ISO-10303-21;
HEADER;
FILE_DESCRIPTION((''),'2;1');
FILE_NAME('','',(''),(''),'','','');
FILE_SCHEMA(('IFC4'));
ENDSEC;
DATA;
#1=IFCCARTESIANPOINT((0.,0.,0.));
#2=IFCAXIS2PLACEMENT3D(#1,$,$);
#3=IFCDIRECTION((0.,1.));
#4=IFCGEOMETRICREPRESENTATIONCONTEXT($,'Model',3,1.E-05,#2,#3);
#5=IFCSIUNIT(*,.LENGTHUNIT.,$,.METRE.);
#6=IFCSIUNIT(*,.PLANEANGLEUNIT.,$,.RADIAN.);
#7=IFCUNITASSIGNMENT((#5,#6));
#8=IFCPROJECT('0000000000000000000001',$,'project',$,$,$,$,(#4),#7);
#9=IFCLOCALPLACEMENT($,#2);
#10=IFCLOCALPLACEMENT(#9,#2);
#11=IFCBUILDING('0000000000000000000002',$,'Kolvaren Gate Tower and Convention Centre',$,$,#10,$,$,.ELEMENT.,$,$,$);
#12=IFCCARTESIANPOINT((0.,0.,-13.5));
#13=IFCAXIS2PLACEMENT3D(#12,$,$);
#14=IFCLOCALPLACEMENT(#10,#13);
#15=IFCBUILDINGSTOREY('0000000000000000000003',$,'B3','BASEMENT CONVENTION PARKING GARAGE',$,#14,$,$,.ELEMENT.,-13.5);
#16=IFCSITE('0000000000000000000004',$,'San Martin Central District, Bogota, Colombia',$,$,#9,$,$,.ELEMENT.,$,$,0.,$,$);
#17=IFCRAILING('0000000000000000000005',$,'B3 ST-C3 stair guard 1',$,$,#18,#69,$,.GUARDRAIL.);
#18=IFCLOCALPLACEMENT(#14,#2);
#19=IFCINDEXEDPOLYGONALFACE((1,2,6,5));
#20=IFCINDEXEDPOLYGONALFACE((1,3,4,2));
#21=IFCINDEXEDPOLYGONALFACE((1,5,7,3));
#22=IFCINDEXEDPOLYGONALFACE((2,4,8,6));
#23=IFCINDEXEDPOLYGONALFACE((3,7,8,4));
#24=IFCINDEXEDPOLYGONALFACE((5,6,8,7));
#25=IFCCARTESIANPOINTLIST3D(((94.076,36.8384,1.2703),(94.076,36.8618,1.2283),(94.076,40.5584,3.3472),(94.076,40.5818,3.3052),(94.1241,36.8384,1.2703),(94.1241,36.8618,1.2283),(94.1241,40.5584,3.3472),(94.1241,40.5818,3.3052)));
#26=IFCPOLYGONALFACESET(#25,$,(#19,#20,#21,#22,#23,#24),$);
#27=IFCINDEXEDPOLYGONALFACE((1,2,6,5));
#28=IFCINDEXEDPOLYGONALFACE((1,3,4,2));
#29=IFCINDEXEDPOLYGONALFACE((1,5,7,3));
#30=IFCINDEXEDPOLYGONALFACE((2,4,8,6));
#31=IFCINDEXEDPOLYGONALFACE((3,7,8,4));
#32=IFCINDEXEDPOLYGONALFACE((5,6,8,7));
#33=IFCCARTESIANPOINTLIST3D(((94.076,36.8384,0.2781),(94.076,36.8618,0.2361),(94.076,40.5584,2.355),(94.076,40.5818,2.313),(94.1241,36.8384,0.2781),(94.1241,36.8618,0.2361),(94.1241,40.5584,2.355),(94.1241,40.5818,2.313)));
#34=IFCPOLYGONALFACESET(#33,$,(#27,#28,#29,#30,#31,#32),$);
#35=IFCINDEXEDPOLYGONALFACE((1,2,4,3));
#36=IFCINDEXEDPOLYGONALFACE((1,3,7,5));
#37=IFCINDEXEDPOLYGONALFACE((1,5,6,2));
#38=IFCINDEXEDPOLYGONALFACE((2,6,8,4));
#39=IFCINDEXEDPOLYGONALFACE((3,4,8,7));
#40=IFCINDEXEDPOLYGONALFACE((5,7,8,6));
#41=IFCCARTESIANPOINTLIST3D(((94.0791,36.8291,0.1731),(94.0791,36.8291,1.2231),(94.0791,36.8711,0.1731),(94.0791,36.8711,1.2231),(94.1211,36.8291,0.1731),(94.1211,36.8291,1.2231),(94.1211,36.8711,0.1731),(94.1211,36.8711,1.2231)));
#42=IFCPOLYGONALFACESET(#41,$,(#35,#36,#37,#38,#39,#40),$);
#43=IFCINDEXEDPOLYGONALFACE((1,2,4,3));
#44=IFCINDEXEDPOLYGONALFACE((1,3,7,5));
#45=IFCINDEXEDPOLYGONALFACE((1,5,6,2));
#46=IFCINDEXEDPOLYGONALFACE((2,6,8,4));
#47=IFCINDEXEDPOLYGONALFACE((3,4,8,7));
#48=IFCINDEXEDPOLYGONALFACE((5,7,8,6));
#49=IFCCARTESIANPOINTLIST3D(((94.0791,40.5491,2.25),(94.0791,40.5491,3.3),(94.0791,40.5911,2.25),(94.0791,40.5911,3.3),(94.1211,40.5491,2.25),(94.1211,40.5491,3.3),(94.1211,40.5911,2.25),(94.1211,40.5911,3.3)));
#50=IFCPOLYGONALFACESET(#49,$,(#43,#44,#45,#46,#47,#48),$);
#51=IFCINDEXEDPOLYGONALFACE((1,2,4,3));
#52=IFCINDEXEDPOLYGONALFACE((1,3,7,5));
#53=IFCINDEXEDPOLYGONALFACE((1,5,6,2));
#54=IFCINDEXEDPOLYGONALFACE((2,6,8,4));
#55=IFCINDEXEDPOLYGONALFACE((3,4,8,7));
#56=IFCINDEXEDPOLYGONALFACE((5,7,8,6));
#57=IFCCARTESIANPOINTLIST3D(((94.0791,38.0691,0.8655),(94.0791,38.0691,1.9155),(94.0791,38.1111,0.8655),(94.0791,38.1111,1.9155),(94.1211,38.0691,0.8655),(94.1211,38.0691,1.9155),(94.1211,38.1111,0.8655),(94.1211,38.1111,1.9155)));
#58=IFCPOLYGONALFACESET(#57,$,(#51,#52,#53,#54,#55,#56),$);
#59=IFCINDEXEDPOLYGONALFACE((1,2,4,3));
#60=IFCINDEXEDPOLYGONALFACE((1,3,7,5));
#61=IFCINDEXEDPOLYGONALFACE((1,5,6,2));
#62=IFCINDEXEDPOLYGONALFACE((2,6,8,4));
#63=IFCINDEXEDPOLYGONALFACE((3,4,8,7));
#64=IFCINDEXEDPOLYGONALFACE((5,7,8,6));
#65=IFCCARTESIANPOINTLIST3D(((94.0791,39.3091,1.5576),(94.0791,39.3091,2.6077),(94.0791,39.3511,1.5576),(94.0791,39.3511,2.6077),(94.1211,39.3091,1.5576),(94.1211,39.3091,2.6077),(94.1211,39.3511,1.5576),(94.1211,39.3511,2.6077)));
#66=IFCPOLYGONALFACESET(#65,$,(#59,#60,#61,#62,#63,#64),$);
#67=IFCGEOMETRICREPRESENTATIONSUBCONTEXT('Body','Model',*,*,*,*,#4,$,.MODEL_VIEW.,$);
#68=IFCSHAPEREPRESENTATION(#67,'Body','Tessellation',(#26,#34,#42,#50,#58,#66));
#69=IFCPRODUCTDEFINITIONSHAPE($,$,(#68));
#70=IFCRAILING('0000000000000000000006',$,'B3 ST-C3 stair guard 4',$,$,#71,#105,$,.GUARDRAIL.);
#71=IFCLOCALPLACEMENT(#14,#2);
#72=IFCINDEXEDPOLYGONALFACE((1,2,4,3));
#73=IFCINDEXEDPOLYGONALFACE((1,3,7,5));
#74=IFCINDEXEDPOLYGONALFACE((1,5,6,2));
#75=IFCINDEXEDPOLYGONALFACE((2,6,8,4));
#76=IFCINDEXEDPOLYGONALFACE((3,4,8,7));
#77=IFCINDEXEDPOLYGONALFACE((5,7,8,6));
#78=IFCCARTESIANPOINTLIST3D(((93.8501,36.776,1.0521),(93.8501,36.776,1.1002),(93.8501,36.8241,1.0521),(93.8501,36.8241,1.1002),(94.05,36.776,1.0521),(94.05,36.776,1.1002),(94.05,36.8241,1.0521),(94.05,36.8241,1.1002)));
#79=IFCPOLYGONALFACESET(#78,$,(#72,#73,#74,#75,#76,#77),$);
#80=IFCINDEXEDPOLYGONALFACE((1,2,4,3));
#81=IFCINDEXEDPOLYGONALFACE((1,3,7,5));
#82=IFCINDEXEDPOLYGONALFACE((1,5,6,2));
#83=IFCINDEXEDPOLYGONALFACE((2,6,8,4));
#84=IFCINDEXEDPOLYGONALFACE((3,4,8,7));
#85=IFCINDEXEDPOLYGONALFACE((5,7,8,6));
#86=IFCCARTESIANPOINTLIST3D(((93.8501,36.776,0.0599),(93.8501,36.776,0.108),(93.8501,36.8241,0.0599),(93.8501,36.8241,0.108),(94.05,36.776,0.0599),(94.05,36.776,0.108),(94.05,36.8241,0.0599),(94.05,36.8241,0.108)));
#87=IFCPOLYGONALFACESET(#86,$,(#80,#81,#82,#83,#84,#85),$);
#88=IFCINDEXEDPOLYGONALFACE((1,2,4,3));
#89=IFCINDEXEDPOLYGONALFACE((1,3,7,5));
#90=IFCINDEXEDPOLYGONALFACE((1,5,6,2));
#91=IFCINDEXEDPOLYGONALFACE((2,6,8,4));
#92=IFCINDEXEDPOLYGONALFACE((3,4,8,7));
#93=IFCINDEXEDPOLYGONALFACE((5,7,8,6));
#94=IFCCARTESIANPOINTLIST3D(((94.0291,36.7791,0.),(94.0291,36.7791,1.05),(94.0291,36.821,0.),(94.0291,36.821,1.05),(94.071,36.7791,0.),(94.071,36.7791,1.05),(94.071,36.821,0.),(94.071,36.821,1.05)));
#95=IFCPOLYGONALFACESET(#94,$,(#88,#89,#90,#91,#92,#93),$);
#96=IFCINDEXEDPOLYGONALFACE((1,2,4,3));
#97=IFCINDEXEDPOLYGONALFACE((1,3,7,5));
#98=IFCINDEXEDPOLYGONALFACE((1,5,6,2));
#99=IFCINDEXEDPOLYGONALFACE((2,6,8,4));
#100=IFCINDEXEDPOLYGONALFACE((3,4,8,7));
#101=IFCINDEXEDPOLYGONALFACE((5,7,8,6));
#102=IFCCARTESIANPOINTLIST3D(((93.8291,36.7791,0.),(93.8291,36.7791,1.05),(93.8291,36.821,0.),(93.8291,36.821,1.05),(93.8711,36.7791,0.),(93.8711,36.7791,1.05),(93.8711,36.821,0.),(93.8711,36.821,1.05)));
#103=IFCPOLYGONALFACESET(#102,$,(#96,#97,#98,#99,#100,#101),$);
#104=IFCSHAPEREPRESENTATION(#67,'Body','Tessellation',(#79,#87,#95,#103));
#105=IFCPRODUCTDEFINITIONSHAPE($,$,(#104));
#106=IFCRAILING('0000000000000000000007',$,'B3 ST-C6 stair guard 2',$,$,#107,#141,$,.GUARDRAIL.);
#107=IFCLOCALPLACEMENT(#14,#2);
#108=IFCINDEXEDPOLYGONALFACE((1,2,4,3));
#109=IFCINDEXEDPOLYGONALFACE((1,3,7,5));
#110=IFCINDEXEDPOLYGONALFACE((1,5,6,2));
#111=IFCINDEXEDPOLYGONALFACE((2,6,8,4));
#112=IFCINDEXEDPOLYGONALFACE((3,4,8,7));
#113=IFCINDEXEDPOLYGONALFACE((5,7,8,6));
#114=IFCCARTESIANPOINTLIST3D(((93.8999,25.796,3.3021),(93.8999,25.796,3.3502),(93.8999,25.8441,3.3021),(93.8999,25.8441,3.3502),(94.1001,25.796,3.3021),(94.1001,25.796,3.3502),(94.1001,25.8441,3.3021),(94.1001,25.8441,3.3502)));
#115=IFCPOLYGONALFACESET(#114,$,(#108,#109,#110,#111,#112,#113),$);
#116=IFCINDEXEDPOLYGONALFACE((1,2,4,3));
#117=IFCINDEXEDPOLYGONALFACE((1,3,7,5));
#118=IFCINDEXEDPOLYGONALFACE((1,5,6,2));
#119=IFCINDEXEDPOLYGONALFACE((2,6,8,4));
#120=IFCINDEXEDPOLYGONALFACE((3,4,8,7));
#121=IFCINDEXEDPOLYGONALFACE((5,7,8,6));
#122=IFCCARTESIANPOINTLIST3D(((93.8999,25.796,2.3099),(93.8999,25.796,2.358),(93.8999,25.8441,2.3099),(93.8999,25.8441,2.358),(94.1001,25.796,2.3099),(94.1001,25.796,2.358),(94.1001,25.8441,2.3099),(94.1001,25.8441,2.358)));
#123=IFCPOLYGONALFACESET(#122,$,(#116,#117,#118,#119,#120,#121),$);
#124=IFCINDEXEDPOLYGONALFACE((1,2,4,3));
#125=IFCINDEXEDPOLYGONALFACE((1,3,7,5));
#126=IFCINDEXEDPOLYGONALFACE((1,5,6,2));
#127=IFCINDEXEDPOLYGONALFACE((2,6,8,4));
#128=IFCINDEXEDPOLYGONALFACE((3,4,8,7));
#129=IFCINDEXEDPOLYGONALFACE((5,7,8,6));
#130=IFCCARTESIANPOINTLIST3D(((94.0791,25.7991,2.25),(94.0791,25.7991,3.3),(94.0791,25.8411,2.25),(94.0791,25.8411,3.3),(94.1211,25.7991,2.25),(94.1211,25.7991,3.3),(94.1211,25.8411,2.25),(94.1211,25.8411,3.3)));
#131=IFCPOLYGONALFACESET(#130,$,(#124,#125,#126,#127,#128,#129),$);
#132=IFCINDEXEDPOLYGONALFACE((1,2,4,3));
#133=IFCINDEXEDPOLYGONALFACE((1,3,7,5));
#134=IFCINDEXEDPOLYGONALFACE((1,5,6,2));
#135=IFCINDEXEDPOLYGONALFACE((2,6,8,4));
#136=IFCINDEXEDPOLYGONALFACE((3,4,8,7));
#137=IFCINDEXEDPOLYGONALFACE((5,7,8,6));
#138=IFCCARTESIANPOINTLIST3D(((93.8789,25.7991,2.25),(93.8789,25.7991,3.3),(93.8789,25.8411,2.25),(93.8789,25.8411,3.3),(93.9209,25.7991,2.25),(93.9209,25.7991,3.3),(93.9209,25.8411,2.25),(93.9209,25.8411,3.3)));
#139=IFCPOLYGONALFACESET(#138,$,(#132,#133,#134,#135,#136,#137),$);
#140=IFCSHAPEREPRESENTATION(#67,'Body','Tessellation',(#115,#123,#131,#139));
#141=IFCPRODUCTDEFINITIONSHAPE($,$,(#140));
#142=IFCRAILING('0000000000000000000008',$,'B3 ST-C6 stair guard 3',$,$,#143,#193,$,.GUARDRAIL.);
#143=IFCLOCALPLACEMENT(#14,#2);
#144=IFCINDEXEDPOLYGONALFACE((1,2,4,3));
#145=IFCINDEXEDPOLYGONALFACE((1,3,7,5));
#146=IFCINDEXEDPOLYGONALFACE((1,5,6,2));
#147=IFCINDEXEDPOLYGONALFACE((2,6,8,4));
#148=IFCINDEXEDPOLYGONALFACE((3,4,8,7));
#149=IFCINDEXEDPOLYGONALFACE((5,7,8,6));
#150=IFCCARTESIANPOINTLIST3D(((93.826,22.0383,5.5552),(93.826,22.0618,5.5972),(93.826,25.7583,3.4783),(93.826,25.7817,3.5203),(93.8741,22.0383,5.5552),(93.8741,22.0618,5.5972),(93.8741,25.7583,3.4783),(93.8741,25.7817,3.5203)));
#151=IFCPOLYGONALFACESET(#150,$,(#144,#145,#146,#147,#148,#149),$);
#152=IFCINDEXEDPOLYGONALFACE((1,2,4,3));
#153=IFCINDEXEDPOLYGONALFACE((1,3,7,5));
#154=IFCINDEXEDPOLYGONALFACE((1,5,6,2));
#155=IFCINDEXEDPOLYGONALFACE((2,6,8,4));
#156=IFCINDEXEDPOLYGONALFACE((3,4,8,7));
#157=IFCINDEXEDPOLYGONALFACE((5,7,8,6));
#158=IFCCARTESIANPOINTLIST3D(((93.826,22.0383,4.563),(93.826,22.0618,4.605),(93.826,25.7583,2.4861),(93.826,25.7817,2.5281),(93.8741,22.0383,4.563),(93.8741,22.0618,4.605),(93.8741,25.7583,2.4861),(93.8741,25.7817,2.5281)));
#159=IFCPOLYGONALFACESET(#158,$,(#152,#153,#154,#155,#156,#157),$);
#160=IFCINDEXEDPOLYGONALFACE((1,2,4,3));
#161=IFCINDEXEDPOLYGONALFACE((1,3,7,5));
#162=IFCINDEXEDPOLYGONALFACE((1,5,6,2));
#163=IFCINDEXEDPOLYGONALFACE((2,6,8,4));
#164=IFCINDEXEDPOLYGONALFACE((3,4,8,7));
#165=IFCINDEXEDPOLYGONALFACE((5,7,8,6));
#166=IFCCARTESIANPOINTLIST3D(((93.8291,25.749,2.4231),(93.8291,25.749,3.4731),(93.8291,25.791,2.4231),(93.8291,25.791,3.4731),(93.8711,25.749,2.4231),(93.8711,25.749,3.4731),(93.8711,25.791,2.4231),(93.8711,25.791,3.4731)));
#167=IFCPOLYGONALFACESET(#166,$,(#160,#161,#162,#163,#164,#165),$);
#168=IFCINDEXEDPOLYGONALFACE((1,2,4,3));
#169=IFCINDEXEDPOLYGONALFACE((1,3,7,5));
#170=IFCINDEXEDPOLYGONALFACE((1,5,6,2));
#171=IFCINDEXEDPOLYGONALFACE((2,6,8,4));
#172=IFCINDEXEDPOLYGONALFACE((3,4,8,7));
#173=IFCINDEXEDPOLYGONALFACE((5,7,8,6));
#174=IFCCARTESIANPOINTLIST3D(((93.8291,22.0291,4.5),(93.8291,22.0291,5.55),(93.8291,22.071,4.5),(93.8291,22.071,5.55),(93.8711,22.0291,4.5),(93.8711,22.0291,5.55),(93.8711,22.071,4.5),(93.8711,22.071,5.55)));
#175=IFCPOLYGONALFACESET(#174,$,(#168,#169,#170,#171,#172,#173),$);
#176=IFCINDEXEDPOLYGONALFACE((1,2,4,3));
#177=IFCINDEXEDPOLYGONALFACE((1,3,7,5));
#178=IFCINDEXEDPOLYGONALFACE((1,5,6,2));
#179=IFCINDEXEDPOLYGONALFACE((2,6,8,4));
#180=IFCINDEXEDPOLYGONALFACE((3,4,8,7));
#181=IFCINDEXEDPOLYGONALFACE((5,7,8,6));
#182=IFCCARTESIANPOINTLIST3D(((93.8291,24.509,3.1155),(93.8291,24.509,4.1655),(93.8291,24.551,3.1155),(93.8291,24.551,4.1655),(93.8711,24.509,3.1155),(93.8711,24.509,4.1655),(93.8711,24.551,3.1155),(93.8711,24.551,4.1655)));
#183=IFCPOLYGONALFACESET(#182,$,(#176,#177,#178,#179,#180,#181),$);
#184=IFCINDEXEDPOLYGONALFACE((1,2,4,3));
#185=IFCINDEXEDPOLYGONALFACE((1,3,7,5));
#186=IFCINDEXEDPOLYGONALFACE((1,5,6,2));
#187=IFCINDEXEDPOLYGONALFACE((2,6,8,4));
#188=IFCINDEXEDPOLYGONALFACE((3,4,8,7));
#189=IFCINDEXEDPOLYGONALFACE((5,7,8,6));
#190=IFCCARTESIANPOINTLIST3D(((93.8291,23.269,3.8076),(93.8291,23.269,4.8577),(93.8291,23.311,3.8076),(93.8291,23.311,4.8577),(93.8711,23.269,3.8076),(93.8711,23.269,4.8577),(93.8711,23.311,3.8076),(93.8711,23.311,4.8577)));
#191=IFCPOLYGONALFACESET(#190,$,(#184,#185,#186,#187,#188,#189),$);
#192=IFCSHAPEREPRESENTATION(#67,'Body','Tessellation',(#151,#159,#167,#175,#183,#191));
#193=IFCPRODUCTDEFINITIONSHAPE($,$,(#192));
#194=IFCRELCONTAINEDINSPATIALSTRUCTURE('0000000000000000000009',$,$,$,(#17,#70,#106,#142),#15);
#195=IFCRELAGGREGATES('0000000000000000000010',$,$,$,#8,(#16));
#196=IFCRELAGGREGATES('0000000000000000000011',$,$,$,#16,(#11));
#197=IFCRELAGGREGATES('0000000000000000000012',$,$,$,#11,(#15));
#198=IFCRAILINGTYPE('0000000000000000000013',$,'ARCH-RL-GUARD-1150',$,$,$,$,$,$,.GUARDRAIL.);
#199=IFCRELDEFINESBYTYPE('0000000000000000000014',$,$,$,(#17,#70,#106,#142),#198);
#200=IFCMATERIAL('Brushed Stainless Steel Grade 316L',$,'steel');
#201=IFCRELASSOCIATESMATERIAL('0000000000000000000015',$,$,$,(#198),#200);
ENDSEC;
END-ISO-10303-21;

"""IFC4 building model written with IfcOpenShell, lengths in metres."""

from ifc_helpers import new_model, si_unit, direction, frame, origin, origin_2d, place, context, subcontext, project, spatial, rectangle, extrude, material, type_object, element, save


model = new_model("IFC4")

# Units and contexts
model_context = context("Model", 3, precision=1e-05, world=origin(), true_north=direction((0.0, 1.0)))
body_context = subcontext(model_context, "Body", "Model", "MODEL_VIEW")
ifc_project = project(units=[si_unit("LENGTHUNIT", "METRE"), si_unit("PLANEANGLEUNIT", "RADIAN")], contexts=[model_context])

# Site, building, storey
site_placement = place(None, origin())
site = spatial("IfcSite", under=ifc_project, at=site_placement, Name="San Martin Central District, Bogota, Colombia", CompositionType="ELEMENT", RefElevation=0.0)
building_placement = place(site_placement, origin())
building = spatial("IfcBuilding", under=site, at=building_placement, Name="Kolvaren Gate Tower and Convention Centre", CompositionType="ELEMENT")
storey_placement = place(building_placement, frame((0.0, 0.0, -13.5)))
storey = spatial("IfcBuildingStorey", under=building, at=storey_placement, Name="B3", Description="BASEMENT CONVENTION PARKING GARAGE", CompositionType="ELEMENT", Elevation=-13.5)

# Railings
ifc_material_1 = material(Name="Brushed Stainless Steel Grade 316L", Category="steel")
railing_type_1 = type_object("IfcRailingType", Name="ARCH-RL-GUARD-1150", PredefinedType="GUARDRAIL", material=ifc_material_1)
railing_1_placement = place(storey_placement, frame((94.1001, 36.8501, 0.1731)))
element("IfcRailing", 1, at=railing_1_placement, inside=storey, type_object=railing_type_1, Name="B3 ST-C3 stair guard 1", PredefinedType="GUARDRAIL", context=body_context, shape_type="SweptSolid", body=[
    extrude(rectangle(XDim=0.0481, YDim=0.0481, at=origin_2d()), frame((0.0, 0.0, 1.0762), z_axis=(0.0, 0.873134, 0.487481), x_axis=(-1.0, 0.0, 0.0)), (0.0, 0.0, 1.0), 4.2605),
    extrude(rectangle(XDim=0.0481, YDim=0.0481, at=origin_2d()), frame((0.0, 0.0, 0.084), z_axis=(0.0, 0.873134, 0.487481), x_axis=(-1.0, 0.0, 0.0)), (0.0, 0.0, 1.0), 4.2605),
    extrude(rectangle(XDim=0.042, YDim=0.042, at=origin_2d()), origin(), (0.0, 0.0, 1.0), 1.05),
    extrude(rectangle(XDim=0.042, YDim=0.042, at=origin_2d()), frame((0.0, 3.72, 2.0769)), (0.0, 0.0, 1.0), 1.05),
    extrude(rectangle(XDim=0.042, YDim=0.042, at=origin_2d()), frame((0.0, 1.24, 0.6924)), (0.0, 0.0, 1.0), 1.05),
    extrude(rectangle(XDim=0.042, YDim=0.042, at=origin_2d()), frame((0.0, 2.48, 1.3845)), (0.0, 0.0, 1.0), 1.05),
])
railing_2_placement = place(storey_placement, frame((94.05, 36.8, 0.0)))
element("IfcRailing", 2, at=railing_2_placement, inside=storey, type_object=railing_type_1, Name="B3 ST-C3 stair guard 4", PredefinedType="GUARDRAIL", context=body_context, shape_type="SweptSolid", body=[
    extrude(rectangle(XDim=0.0481, YDim=0.0481, at=origin_2d()), frame((0.0, 0.0, 1.0762), z_axis=(-1.0, 0.0, 0.0), x_axis=(0.0, -1.0, 0.0)), (0.0, 0.0, 1.0), 0.2),
    extrude(rectangle(XDim=0.0481, YDim=0.0481, at=origin_2d()), frame((0.0, 0.0, 0.084), z_axis=(-1.0, 0.0, 0.0), x_axis=(0.0, -1.0, 0.0)), (0.0, 0.0, 1.0), 0.2),
    extrude(rectangle(XDim=0.042, YDim=0.042, at=origin_2d()), origin(), (0.0, 0.0, 1.0), 1.05),
    extrude(rectangle(XDim=0.042, YDim=0.042, at=origin_2d()), frame((-0.2, 0.0, 0.0)), (0.0, 0.0, 1.0), 1.05),
])
railing_3_placement = place(storey_placement, frame((94.1001, 25.8201, 2.25)))
element("IfcRailing", 3, at=railing_3_placement, inside=storey, type_object=railing_type_1, Name="B3 ST-C6 stair guard 2", PredefinedType="GUARDRAIL", context=body_context, shape_type="SweptSolid", body=[
    extrude(rectangle(XDim=0.0481, YDim=0.0481, at=origin_2d()), frame((0.0, 0.0, 1.0762), z_axis=(-1.0, 0.0, 0.0), x_axis=(0.0, -1.0, 0.0)), (0.0, 0.0, 1.0), 0.2002),
    extrude(rectangle(XDim=0.0481, YDim=0.0481, at=origin_2d()), frame((0.0, 0.0, 0.084), z_axis=(-1.0, 0.0, 0.0), x_axis=(0.0, -1.0, 0.0)), (0.0, 0.0, 1.0), 0.2002),
    extrude(rectangle(XDim=0.042, YDim=0.042, at=origin_2d()), origin(), (0.0, 0.0, 1.0), 1.05),
    extrude(rectangle(XDim=0.042, YDim=0.042, at=origin_2d()), frame((-0.2002, 0.0, 0.0)), (0.0, 0.0, 1.0), 1.05),
])
railing_4_placement = place(storey_placement, frame((93.8501, 25.77, 2.4231)))
element("IfcRailing", 4, at=railing_4_placement, inside=storey, type_object=railing_type_1, Name="B3 ST-C6 stair guard 3", PredefinedType="GUARDRAIL", context=body_context, shape_type="SweptSolid", body=[
    extrude(rectangle(XDim=0.0481, YDim=0.0481, at=origin_2d()), frame((0.0, 0.0, 1.0762), z_axis=(0.0, -0.873134, 0.487481), x_axis=(1.0, 0.0, 0.0)), (0.0, 0.0, 1.0), 4.2605),
    extrude(rectangle(XDim=0.0481, YDim=0.0481, at=origin_2d()), frame((0.0, 0.0, 0.084), z_axis=(0.0, -0.873134, 0.487481), x_axis=(1.0, 0.0, 0.0)), (0.0, 0.0, 1.0), 4.2605),
    extrude(rectangle(XDim=0.042, YDim=0.042, at=origin_2d()), origin(), (0.0, 0.0, 1.0), 1.05),
    extrude(rectangle(XDim=0.042, YDim=0.042, at=origin_2d()), frame((0.0, -3.72, 2.0769)), (0.0, 0.0, 1.0), 1.05),
    extrude(rectangle(XDim=0.042, YDim=0.042, at=origin_2d()), frame((0.0, -1.24, 0.6924)), (0.0, 0.0, 1.0), 1.05),
    extrude(rectangle(XDim=0.042, YDim=0.042, at=origin_2d()), frame((0.0, -2.48, 1.3845)), (0.0, 0.0, 1.0), 1.05),
])

save(model, "model.ifc")
